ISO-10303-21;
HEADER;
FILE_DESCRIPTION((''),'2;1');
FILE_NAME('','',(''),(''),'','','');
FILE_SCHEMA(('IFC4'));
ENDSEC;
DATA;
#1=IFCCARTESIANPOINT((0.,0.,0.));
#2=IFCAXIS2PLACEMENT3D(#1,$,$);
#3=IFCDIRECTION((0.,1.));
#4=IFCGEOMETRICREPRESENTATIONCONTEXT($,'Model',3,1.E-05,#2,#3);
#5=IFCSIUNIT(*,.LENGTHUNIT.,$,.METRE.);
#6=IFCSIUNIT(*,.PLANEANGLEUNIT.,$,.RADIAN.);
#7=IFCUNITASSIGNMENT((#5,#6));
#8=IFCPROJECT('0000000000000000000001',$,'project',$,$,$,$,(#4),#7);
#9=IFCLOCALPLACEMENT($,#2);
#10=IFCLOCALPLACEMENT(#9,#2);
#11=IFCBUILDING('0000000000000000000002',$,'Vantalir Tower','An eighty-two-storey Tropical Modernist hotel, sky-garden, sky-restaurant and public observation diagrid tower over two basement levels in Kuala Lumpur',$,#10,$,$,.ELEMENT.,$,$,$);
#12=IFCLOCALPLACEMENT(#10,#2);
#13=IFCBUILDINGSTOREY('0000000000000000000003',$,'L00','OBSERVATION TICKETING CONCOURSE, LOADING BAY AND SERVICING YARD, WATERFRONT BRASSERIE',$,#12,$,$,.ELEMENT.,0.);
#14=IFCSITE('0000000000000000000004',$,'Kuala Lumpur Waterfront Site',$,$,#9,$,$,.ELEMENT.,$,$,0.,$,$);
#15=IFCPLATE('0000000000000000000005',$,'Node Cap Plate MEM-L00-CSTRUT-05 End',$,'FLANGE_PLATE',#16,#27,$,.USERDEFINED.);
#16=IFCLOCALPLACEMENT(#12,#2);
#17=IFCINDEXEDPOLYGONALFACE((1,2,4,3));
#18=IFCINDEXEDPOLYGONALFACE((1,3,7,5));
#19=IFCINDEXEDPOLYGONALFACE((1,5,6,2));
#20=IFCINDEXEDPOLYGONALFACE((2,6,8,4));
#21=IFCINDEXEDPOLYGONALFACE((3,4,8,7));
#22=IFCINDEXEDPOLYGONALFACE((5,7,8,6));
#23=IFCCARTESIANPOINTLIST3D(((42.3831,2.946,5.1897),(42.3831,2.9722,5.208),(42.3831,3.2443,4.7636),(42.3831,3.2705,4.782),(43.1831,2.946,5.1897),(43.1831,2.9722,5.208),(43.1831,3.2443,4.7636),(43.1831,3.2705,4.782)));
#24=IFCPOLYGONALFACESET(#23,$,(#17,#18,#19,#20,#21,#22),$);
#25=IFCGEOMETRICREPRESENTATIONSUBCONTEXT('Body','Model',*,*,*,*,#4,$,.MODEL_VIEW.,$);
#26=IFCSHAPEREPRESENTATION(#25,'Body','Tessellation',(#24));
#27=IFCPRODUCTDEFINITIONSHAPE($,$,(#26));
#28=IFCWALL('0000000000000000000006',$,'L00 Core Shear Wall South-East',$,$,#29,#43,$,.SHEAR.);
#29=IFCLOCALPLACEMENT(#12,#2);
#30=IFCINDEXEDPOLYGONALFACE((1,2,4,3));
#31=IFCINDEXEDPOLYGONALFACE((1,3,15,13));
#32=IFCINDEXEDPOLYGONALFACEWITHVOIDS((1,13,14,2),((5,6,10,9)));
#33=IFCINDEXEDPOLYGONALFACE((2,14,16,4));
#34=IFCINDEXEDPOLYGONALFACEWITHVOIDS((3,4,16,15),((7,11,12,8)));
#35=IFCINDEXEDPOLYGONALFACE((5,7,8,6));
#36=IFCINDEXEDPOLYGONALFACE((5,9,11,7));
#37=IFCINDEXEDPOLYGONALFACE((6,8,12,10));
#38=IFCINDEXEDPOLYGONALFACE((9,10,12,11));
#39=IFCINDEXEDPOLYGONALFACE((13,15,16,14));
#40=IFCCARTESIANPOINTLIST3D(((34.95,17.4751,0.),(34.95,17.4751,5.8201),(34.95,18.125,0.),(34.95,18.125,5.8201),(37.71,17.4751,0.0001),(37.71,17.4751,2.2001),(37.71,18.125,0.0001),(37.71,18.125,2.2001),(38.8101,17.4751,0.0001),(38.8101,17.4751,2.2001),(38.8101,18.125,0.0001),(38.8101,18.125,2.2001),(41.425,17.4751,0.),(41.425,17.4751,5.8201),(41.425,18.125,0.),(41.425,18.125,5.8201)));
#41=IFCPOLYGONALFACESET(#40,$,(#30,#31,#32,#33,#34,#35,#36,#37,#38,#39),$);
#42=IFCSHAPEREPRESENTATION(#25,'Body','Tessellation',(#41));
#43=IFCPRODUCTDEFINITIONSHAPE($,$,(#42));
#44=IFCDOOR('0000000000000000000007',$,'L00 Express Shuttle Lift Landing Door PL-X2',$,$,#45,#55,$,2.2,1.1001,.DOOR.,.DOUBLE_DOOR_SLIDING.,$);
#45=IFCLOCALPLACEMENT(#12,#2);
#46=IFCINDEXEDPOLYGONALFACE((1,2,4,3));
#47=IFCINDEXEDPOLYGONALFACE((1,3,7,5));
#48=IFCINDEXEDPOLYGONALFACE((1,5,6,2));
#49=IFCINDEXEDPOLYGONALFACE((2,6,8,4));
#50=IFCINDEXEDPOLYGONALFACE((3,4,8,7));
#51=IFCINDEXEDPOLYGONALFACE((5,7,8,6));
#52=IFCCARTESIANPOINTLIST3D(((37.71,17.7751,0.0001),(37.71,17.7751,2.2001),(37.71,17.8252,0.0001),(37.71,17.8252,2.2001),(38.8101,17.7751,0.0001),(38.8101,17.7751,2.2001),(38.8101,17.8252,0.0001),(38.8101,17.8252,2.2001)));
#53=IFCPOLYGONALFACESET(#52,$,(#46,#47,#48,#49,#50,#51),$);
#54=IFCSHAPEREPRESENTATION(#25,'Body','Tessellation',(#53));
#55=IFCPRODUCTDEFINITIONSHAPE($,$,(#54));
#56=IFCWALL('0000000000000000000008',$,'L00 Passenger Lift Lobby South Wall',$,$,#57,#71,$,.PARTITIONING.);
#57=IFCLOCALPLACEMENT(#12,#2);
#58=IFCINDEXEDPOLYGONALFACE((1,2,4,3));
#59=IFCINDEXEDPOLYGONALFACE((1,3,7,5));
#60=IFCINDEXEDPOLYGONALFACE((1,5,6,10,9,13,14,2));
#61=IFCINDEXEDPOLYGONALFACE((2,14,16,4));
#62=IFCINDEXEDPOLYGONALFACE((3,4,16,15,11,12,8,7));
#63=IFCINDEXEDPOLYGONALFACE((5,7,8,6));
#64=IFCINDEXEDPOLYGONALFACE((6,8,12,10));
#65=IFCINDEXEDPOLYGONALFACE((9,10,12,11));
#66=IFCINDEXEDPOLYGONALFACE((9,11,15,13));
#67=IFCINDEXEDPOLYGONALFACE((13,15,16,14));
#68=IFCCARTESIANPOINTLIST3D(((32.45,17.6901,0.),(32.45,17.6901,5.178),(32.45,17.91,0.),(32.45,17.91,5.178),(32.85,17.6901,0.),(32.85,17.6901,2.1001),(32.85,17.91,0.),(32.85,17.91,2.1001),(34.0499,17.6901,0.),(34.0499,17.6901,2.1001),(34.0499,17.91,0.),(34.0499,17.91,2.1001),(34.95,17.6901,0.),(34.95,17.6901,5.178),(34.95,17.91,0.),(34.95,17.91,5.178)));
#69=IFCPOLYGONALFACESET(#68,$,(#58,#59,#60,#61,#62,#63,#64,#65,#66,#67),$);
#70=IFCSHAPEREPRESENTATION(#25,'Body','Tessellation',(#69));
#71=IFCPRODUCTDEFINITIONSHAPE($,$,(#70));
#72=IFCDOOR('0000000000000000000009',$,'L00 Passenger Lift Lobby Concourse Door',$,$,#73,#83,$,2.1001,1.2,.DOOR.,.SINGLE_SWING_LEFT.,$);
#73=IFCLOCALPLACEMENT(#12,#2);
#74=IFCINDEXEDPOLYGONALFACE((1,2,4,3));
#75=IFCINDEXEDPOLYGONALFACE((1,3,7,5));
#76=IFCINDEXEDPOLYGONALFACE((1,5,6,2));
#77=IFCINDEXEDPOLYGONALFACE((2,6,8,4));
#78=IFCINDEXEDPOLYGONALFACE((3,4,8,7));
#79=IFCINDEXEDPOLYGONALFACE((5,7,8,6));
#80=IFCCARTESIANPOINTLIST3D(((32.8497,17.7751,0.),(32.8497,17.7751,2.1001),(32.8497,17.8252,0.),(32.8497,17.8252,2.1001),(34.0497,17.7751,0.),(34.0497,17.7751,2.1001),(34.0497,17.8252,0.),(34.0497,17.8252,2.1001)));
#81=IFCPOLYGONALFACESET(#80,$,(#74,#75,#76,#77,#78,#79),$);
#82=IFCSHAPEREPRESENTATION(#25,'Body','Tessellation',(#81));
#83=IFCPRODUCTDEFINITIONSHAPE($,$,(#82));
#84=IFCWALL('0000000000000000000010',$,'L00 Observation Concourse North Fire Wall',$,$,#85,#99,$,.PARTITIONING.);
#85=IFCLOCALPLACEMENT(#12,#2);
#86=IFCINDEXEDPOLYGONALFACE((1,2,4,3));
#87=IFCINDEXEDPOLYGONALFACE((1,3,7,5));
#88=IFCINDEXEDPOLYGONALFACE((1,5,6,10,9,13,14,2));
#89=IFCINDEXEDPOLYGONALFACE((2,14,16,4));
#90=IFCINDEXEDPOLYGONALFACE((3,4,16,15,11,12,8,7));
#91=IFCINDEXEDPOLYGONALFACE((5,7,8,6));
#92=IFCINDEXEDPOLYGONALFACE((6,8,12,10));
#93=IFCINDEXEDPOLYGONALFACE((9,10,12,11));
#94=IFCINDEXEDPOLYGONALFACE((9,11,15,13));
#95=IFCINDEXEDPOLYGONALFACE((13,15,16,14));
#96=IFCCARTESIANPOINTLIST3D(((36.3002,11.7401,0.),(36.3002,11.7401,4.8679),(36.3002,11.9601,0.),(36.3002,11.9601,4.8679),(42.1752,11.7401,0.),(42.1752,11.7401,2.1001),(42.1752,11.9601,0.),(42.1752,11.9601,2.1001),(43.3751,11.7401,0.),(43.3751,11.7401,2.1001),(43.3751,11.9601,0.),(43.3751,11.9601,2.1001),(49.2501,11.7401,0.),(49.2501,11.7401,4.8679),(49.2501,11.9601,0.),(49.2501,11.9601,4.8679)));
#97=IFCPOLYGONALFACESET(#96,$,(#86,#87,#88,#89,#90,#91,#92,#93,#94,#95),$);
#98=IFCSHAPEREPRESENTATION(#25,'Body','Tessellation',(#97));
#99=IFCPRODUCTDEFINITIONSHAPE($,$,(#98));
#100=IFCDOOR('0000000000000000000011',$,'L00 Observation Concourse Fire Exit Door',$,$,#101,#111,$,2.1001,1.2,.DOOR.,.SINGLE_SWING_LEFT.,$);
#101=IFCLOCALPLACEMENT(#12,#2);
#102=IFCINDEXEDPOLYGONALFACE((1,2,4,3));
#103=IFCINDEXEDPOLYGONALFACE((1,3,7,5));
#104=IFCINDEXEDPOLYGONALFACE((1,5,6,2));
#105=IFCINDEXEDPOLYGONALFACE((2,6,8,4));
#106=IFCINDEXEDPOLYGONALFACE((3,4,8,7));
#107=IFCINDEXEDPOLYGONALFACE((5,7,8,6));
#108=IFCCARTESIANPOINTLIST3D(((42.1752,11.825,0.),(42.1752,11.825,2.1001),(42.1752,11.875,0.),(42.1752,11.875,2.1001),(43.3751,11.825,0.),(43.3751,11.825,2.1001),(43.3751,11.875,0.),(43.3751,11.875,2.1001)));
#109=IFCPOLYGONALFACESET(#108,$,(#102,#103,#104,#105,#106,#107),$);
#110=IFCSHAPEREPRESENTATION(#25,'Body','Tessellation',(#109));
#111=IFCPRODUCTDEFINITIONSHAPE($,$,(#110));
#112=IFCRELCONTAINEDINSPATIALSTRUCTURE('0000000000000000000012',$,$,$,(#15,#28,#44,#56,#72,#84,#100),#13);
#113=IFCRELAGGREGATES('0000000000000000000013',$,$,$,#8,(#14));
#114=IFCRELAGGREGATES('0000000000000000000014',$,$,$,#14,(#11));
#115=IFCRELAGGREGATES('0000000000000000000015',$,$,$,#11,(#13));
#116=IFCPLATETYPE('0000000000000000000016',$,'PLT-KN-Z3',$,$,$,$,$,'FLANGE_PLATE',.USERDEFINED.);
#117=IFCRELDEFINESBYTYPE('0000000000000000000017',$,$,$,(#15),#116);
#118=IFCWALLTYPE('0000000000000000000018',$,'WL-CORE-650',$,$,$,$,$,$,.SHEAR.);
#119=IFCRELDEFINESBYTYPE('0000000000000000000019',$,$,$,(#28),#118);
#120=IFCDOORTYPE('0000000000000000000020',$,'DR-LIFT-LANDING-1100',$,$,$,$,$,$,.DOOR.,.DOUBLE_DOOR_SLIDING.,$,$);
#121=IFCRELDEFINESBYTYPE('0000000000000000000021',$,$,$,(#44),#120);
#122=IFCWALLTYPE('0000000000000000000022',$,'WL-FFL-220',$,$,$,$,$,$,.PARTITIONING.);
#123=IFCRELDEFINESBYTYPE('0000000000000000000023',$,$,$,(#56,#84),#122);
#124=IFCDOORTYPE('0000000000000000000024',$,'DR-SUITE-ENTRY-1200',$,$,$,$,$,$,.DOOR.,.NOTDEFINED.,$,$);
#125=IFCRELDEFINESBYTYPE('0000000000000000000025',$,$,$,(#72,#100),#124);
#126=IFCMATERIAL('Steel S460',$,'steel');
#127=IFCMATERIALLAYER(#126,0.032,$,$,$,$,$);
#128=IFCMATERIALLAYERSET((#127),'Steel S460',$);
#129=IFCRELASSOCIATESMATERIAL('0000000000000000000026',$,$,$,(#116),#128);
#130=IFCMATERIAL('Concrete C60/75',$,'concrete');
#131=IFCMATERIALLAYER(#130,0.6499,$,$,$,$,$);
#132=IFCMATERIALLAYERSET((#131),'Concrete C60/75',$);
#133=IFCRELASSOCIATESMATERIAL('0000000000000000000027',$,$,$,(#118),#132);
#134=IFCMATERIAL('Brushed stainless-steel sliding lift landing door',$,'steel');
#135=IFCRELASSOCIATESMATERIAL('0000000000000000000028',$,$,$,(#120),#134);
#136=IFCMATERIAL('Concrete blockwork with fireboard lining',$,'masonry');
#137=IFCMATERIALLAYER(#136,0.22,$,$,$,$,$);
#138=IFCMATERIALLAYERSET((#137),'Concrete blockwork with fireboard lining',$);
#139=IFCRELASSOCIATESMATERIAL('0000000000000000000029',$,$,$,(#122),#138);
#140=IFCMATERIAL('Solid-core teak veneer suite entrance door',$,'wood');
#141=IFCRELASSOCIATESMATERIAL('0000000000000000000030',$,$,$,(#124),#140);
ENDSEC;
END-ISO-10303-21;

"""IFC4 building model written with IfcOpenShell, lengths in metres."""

from ifc_helpers import new_model, si_unit, direction, frame, frame_2d, origin, place, context, subcontext, project, spatial, polyline, rectangle, outline, extrude, material, layer, layer_set, type_object, element, fill, save


model = new_model("IFC4")

# Units and contexts
model_context = context("Model", 3, precision=1e-05, world=origin(), true_north=direction((0.0, 1.0)))
body_context = subcontext(model_context, "Body", "Model", "MODEL_VIEW")
ifc_project = project(units=[si_unit("LENGTHUNIT", "METRE"), si_unit("PLANEANGLEUNIT", "RADIAN")], contexts=[model_context])

# Site, building, storey
site_placement = place(None, origin())
site = spatial("IfcSite", under=ifc_project, at=site_placement, Name="Kuala Lumpur Waterfront Site", CompositionType="ELEMENT", RefElevation=0.0)
building_placement = place(site_placement, origin())
building = spatial("IfcBuilding", under=site, at=building_placement, Name="Vantalir Tower", Description="An eighty-two-storey Tropical Modernist hotel, sky-garden, sky-restaurant and public observation diagrid tower over two basement levels in Kuala Lumpur", CompositionType="ELEMENT")
storey_placement = place(building_placement, origin())
storey = spatial("IfcBuildingStorey", under=building, at=storey_placement, Name="L00", Description="OBSERVATION TICKETING CONCOURSE, LOADING BAY AND SERVICING YARD, WATERFRONT BRASSERIE", CompositionType="ELEMENT", Elevation=0.0)

# Shared definitions
ifc_material_1 = material(Name="Concrete C60/75", Category="concrete")
ifc_material_2 = material(Name="Steel S460", Category="steel")

# Plate
ifc_layer_1 = layer(ifc_material_2, 0.032)
ifc_layer_set_1 = layer_set([ifc_layer_1], Name="Steel S460")
plate_type = type_object("IfcPlateType", Name="PLT-KN-Z3", ElementType="FLANGE_PLATE", PredefinedType="USERDEFINED", material=ifc_layer_set_1)
plate_1_placement = place(storey_placement, frame((43.1831, 3.2705, 4.782), z_axis=(0.0, 0.819122, 0.57362), x_axis=(-1.0, 0.0, 0.0)))
element("IfcPlate", 1, at=plate_1_placement, inside=storey, type_object=plate_type, Name="Node Cap Plate MEM-L00-CSTRUT-05 End", ObjectType="FLANGE_PLATE", PredefinedType="USERDEFINED", context=body_context, shape_type="SweptSolid", body=[
    extrude(outline(polyline([(0.0, 0.0), (0.8, 0.0), (0.8, 0.5201), (0.0, 0.5201), (0.0, 0.0)])), origin(), (0.0, 0.0, -1.0), 0.032),
])

# Walls, openings, doors
ifc_layer_2 = layer(ifc_material_1, 0.6499)
ifc_layer_set_2 = layer_set([ifc_layer_2], Name="Concrete C60/75")
wall_type_1 = type_object("IfcWallType", Name="WL-CORE-650", PredefinedType="SHEAR", material=ifc_layer_set_2)
wall_1_placement = place(storey_placement, frame((34.95, 17.8, 0.0), z_axis=(0.0, 0.0, 1.0), x_axis=(1.0, 0.0, 0.0)))
wall_1 = element("IfcWall", 2, at=wall_1_placement, inside=storey, type_object=wall_type_1, Name="L00 Core Shear Wall South-East", PredefinedType="SHEAR", context=body_context, shape_type="SweptSolid", body=[
    extrude(rectangle(XDim=6.4751, YDim=0.6499, at=frame_2d((3.2375, 0.0))), origin(), (0.0, 0.0, 1.0), 5.8201),
])
opening_1_placement = place(wall_1_placement, frame((2.76, 0.0, 0.0)))
opening_1 = element("IfcOpeningElement", 3, at=opening_1_placement, cuts=wall_1, PredefinedType="OPENING", context=body_context, shape_type="SweptSolid", body=[
    extrude(rectangle(XDim=1.1001, YDim=2.2, at=frame_2d((0.55, 1.1001))), frame((0.0, 0.335, 0.0), z_axis=(0.0, -1.0, 0.0), x_axis=(1.0, 0.0, 0.0)), (0.0, 0.0, 1.0), 0.6699),
])
ifc_material_3 = material(Name="Brushed stainless-steel sliding lift landing door", Category="steel")
door_type_1 = type_object("IfcDoorType", Name="DR-LIFT-LANDING-1100", OperationType="DOUBLE_DOOR_SLIDING", PredefinedType="DOOR", material=ifc_material_3)
door_1_placement = place(opening_1_placement, frame((1.1001, 0.0, 0.0), z_axis=(0.0, 0.0, 1.0), x_axis=(-1.0, 0.0, 0.0)))
door_1 = element("IfcDoor", 4, at=door_1_placement, inside=storey, type_object=door_type_1, Name="L00 Express Shuttle Lift Landing Door PL-X2", OperationType="DOUBLE_DOOR_SLIDING", OverallHeight=2.2, OverallWidth=1.1001, PredefinedType="DOOR", context=body_context, shape_type="SweptSolid", body=[
    extrude(rectangle(XDim=1.1001, YDim=2.2, at=frame_2d((0.55, 1.1001))), frame((0.0, 0.0249, 0.0), z_axis=(0.0, -1.0, 0.0), x_axis=(1.0, 0.0, 0.0)), (0.0, 0.0, 1.0), 0.05),
])
fill(opening_1, door_1)
ifc_material_4 = material(Name="Concrete blockwork with fireboard lining", Category="masonry")
ifc_layer_3 = layer(ifc_material_4, 0.22)
ifc_layer_set_3 = layer_set([ifc_layer_3], Name="Concrete blockwork with fireboard lining")
wall_type_2 = type_object("IfcWallType", Name="WL-FFL-220", PredefinedType="PARTITIONING", material=ifc_layer_set_3)
wall_2_placement = place(storey_placement, frame((32.45, 17.8, 0.0), z_axis=(0.0, 0.0, 1.0), x_axis=(1.0, 0.0, 0.0)))
wall_2 = element("IfcWall", 5, at=wall_2_placement, inside=storey, type_object=wall_type_2, Name="L00 Passenger Lift Lobby South Wall", PredefinedType="PARTITIONING", context=body_context, shape_type="SweptSolid", body=[
    extrude(rectangle(XDim=2.5, YDim=0.22, at=frame_2d((1.25, 0.0))), origin(), (0.0, 0.0, 1.0), 5.178),
])
opening_2_placement = place(wall_2_placement, frame((0.3999, 0.0, 0.0)))
opening_2 = element("IfcOpeningElement", 6, at=opening_2_placement, cuts=wall_2, PredefinedType="OPENING", context=body_context, shape_type="SweptSolid", body=[
    extrude(rectangle(XDim=1.2, YDim=2.1001, at=frame_2d((0.6001, 1.05))), frame((0.0, 0.1199, 0.0), z_axis=(0.0, -1.0, 0.0), x_axis=(1.0, 0.0, 0.0)), (0.0, 0.0, 1.0), 0.24),
])
ifc_material_5 = material(Name="Solid-core teak veneer suite entrance door", Category="wood")
door_type_2 = type_object("IfcDoorType", Name="DR-SUITE-ENTRY-1200", OperationType="NOTDEFINED", PredefinedType="DOOR", material=ifc_material_5)
door_2_placement = place(opening_2_placement, frame((1.2, 0.0, 0.0), z_axis=(0.0, 0.0, 1.0), x_axis=(-1.0, 0.0, 0.0)))
door_2 = element("IfcDoor", 7, at=door_2_placement, inside=storey, type_object=door_type_2, Name="L00 Passenger Lift Lobby Concourse Door", OperationType="SINGLE_SWING_LEFT", OverallHeight=2.1001, OverallWidth=1.2, PredefinedType="DOOR", context=body_context, shape_type="SweptSolid", body=[
    extrude(rectangle(XDim=1.2, YDim=2.1001, at=frame_2d((0.6001, 1.05))), frame((0.0, 0.0249, 0.0), z_axis=(0.0, -1.0, 0.0), x_axis=(1.0, 0.0, 0.0)), (0.0, 0.0, 1.0), 0.05),
])
fill(opening_2, door_2)
wall_3_placement = place(storey_placement, frame((36.3, 11.8501, 0.0), z_axis=(0.0, 0.0, 1.0), x_axis=(1.0, 0.0, 0.0)))
wall_3 = element("IfcWall", 8, at=wall_3_placement, inside=storey, type_object=wall_type_2, Name="L00 Observation Concourse North Fire Wall", PredefinedType="PARTITIONING", context=body_context, shape_type="SweptSolid", body=[
    extrude(rectangle(XDim=12.95, YDim=0.22, at=frame_2d((6.4751, 0.0))), origin(), (0.0, 0.0, 1.0), 4.8679),
])
opening_3_placement = place(wall_3_placement, frame((5.875, 0.0, 0.0)))
opening_3 = element("IfcOpeningElement", 9, at=opening_3_placement, cuts=wall_3, PredefinedType="OPENING", context=body_context, shape_type="SweptSolid", body=[
    extrude(rectangle(XDim=1.2, YDim=2.1001, at=frame_2d((0.6001, 1.05))), frame((0.0, 0.1199, 0.0), z_axis=(0.0, -1.0, 0.0), x_axis=(1.0, 0.0, 0.0)), (0.0, 0.0, 1.0), 0.24),
])
door_3_placement = place(opening_3_placement, origin())
door_3 = element("IfcDoor", 10, at=door_3_placement, inside=storey, type_object=door_type_2, Name="L00 Observation Concourse Fire Exit Door", OperationType="SINGLE_SWING_LEFT", OverallHeight=2.1001, OverallWidth=1.2, PredefinedType="DOOR", context=body_context, shape_type="SweptSolid", body=[
    extrude(rectangle(XDim=1.2, YDim=2.1001, at=frame_2d((0.6001, 1.05))), frame((0.0, 0.0249, 0.0), z_axis=(0.0, -1.0, 0.0), x_axis=(1.0, 0.0, 0.0)), (0.0, 0.0, 1.0), 0.05),
])
fill(opening_3, door_3)

save(model, "model.ifc")
